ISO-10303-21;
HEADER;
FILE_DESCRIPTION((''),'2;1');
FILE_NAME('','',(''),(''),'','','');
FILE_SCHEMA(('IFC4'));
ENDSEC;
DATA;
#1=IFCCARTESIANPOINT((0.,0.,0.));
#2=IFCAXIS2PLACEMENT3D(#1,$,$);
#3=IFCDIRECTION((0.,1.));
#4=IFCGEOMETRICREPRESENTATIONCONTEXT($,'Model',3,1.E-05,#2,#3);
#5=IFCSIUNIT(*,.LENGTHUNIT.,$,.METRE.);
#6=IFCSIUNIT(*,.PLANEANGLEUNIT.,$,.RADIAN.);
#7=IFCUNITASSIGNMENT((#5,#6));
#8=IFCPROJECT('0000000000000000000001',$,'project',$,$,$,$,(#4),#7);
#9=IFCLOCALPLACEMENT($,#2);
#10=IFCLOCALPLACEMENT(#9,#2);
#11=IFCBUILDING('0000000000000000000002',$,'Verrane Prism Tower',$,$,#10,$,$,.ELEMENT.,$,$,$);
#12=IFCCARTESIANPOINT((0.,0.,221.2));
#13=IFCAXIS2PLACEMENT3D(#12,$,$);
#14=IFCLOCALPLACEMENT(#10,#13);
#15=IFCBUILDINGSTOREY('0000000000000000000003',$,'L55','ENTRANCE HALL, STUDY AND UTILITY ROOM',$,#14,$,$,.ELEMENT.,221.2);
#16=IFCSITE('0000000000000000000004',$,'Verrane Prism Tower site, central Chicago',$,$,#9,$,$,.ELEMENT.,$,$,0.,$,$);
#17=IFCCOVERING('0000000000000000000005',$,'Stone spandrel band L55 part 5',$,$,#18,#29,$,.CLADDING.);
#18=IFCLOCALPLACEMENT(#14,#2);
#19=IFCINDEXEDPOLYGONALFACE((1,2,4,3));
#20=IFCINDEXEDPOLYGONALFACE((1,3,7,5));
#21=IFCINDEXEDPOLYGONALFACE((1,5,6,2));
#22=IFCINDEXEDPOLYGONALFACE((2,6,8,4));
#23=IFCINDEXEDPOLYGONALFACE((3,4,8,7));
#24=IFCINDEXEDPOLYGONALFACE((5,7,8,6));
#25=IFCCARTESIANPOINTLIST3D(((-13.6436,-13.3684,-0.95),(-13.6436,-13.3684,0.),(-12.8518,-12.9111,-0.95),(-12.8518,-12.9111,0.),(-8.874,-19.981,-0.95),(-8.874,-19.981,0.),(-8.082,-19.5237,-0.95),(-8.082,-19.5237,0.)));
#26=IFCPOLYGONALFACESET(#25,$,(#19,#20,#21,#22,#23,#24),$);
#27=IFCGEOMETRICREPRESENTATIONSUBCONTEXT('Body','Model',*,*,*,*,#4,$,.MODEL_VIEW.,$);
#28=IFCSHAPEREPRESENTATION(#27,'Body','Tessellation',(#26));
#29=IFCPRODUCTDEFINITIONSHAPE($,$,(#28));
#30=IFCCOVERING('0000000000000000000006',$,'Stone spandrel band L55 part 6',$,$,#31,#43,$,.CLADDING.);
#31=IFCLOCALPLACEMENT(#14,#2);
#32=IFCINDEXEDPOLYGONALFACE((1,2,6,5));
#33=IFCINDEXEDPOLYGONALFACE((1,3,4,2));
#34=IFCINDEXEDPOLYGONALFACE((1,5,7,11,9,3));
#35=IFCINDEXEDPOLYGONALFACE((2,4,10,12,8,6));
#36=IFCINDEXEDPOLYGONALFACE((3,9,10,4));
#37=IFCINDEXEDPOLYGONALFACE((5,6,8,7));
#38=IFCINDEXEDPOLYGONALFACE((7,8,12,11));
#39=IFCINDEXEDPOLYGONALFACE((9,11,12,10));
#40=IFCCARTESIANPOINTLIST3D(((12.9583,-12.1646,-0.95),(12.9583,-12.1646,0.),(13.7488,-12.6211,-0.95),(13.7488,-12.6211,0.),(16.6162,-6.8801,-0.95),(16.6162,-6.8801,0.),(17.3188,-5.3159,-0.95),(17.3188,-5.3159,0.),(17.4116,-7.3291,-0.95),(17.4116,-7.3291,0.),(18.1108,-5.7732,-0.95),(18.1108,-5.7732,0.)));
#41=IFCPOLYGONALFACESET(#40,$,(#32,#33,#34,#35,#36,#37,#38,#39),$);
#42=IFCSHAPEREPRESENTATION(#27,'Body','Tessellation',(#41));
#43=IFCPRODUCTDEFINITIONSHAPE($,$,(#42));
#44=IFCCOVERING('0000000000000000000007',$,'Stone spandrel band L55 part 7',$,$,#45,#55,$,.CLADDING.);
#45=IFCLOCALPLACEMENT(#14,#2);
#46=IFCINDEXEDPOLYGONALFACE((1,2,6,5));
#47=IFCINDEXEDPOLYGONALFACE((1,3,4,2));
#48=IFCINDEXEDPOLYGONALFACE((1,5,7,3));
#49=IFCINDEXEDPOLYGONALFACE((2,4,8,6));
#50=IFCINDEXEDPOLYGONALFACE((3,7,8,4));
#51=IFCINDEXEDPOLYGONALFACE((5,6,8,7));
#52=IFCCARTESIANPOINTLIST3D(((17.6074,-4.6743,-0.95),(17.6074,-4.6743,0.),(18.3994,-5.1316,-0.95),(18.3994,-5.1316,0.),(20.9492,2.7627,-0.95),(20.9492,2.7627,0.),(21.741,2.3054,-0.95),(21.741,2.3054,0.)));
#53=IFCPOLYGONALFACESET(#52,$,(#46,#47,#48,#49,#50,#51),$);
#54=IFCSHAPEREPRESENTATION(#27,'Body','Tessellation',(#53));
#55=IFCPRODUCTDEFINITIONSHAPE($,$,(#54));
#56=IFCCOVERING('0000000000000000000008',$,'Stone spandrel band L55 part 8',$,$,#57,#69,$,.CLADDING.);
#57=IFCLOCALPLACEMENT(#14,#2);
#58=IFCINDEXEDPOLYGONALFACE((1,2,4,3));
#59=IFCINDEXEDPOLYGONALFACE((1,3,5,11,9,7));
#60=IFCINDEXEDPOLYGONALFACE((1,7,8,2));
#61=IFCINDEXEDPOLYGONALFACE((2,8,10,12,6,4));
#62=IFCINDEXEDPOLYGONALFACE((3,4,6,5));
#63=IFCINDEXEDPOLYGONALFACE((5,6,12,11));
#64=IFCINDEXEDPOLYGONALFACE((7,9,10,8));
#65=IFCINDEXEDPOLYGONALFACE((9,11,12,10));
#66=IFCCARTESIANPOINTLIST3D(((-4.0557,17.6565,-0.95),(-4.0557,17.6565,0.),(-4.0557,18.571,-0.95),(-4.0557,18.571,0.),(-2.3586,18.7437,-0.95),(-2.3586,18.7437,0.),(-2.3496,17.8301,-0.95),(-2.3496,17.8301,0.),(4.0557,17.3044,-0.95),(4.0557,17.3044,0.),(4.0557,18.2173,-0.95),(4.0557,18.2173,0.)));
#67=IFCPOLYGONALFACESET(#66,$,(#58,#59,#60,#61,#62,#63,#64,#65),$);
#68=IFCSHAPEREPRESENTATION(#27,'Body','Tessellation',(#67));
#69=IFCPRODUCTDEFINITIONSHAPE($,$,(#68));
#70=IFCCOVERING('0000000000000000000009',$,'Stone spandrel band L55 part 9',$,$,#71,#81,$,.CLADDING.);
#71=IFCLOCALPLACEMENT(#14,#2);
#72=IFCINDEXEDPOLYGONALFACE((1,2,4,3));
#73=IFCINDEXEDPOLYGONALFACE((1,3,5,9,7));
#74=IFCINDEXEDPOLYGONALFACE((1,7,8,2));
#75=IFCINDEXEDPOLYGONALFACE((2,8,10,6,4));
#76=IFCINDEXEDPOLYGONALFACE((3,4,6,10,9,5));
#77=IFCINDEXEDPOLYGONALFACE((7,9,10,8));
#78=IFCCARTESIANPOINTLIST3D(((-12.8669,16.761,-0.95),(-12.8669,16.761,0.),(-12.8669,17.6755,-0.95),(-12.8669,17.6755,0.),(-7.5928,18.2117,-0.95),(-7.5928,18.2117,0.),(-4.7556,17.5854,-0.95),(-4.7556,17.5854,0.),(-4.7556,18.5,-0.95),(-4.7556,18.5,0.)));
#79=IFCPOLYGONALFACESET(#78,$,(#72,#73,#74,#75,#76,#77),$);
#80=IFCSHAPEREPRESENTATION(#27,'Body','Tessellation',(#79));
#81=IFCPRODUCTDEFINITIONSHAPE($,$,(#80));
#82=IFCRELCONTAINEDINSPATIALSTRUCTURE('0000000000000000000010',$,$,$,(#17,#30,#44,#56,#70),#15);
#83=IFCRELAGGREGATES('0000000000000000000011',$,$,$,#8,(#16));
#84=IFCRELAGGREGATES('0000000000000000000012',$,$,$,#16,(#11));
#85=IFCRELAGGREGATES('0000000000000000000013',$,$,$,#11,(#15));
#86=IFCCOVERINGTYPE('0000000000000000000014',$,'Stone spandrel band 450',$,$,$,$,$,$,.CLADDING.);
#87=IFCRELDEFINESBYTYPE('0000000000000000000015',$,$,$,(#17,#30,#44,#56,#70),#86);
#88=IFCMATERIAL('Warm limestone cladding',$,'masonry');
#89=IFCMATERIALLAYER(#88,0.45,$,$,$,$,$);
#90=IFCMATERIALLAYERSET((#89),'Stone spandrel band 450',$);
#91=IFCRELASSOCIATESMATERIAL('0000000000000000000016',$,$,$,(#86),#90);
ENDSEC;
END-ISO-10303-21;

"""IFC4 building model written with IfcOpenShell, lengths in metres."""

from ifc_helpers import new_model, si_unit, direction, frame, origin, place, context, subcontext, project, spatial, polyline, outline, extrude, material, layer, layer_set, type_object, element, save


model = new_model("IFC4")

# Units and contexts
model_context = context("Model", 3, precision=1e-05, world=origin(), true_north=direction((0.0, 1.0)))
body_context = subcontext(model_context, "Body", "Model", "MODEL_VIEW")
ifc_project = project(units=[si_unit("LENGTHUNIT", "METRE"), si_unit("PLANEANGLEUNIT", "RADIAN")], contexts=[model_context])

# Site, building, storey
site_placement = place(None, origin())
site = spatial("IfcSite", under=ifc_project, at=site_placement, Name="Verrane Prism Tower site, central Chicago", CompositionType="ELEMENT", RefElevation=0.0)
building_placement = place(site_placement, origin())
building = spatial("IfcBuilding", under=site, at=building_placement, Name="Verrane Prism Tower", CompositionType="ELEMENT")
storey_placement = place(building_placement, frame((0.0, 0.0, 221.2)))
storey = spatial("IfcBuildingStorey", under=building, at=storey_placement, Name="L55", Description="ENTRANCE HALL, STUDY AND UTILITY ROOM", CompositionType="ELEMENT", Elevation=221.2)

# Coverings
ifc_material_1 = material(Name="Warm limestone cladding", Category="masonry")
ifc_layer_1 = layer(ifc_material_1, 0.45)
ifc_layer_set_1 = layer_set([ifc_layer_1], Name="Stone spandrel band 450")
covering_type = type_object("IfcCoveringType", Name="Stone spandrel band 450", PredefinedType="CLADDING", material=ifc_layer_set_1)
covering_1_placement = place(storey_placement, frame((0.0, 0.0, -0.95)))
element("IfcCovering", 1, at=covering_1_placement, inside=storey, type_object=covering_type, Name="Stone spandrel band L55 part 5", PredefinedType="CLADDING", context=body_context, shape_type="SweptSolid", body=[
    extrude(outline(polyline([(-8.082, -19.5237), (-12.8518, -12.9111), (-13.6436, -13.3684), (-8.874, -19.981), (-8.082, -19.5237)])), origin(), (0.0, 0.0, 1.0), 0.95),
])
covering_2_placement = place(storey_placement, frame((0.0, 0.0, -0.95)))
element("IfcCovering", 2, at=covering_2_placement, inside=storey, type_object=covering_type, Name="Stone spandrel band L55 part 6", PredefinedType="CLADDING", context=body_context, shape_type="SweptSolid", body=[
    extrude(outline(polyline([(18.1108, -5.7732), (17.3188, -5.3159), (16.6162, -6.8801), (12.9583, -12.1646), (13.7488, -12.6211), (17.4116, -7.3291), (18.1108, -5.7732)])), origin(), (0.0, 0.0, 1.0), 0.95),
])
covering_3_placement = place(storey_placement, frame((0.0, 0.0, -0.95)))
element("IfcCovering", 3, at=covering_3_placement, inside=storey, type_object=covering_type, Name="Stone spandrel band L55 part 7", PredefinedType="CLADDING", context=body_context, shape_type="SweptSolid", body=[
    extrude(outline(polyline([(21.741, 2.3054), (20.9492, 2.7627), (17.6074, -4.6743), (18.3994, -5.1316), (21.741, 2.3054)])), origin(), (0.0, 0.0, 1.0), 0.95),
])
covering_4_placement = place(storey_placement, frame((0.0, 0.0, -0.95)))
element("IfcCovering", 4, at=covering_4_placement, inside=storey, type_object=covering_type, Name="Stone spandrel band L55 part 8", PredefinedType="CLADDING", context=body_context, shape_type="SweptSolid", body=[
    extrude(outline(polyline([(-4.0557, 18.571), (-4.0557, 17.6565), (-2.3496, 17.8301), (4.0557, 17.3044), (4.0557, 18.2173), (-2.3586, 18.7437), (-4.0557, 18.571)])), origin(), (0.0, 0.0, 1.0), 0.95),
])
covering_5_placement = place(storey_placement, frame((0.0, 0.0, -0.95)))
element("IfcCovering", 5, at=covering_5_placement, inside=storey, type_object=covering_type, Name="Stone spandrel band L55 part 9", PredefinedType="CLADDING", context=body_context, shape_type="SweptSolid", body=[
    extrude(outline(polyline([(-12.8669, 16.761), (-4.7556, 17.5854), (-4.7556, 18.5), (-7.5928, 18.2117), (-12.8669, 17.6755), (-12.8669, 16.761)])), origin(), (0.0, 0.0, 1.0), 0.95),
])

save(model, "model.ifc")
